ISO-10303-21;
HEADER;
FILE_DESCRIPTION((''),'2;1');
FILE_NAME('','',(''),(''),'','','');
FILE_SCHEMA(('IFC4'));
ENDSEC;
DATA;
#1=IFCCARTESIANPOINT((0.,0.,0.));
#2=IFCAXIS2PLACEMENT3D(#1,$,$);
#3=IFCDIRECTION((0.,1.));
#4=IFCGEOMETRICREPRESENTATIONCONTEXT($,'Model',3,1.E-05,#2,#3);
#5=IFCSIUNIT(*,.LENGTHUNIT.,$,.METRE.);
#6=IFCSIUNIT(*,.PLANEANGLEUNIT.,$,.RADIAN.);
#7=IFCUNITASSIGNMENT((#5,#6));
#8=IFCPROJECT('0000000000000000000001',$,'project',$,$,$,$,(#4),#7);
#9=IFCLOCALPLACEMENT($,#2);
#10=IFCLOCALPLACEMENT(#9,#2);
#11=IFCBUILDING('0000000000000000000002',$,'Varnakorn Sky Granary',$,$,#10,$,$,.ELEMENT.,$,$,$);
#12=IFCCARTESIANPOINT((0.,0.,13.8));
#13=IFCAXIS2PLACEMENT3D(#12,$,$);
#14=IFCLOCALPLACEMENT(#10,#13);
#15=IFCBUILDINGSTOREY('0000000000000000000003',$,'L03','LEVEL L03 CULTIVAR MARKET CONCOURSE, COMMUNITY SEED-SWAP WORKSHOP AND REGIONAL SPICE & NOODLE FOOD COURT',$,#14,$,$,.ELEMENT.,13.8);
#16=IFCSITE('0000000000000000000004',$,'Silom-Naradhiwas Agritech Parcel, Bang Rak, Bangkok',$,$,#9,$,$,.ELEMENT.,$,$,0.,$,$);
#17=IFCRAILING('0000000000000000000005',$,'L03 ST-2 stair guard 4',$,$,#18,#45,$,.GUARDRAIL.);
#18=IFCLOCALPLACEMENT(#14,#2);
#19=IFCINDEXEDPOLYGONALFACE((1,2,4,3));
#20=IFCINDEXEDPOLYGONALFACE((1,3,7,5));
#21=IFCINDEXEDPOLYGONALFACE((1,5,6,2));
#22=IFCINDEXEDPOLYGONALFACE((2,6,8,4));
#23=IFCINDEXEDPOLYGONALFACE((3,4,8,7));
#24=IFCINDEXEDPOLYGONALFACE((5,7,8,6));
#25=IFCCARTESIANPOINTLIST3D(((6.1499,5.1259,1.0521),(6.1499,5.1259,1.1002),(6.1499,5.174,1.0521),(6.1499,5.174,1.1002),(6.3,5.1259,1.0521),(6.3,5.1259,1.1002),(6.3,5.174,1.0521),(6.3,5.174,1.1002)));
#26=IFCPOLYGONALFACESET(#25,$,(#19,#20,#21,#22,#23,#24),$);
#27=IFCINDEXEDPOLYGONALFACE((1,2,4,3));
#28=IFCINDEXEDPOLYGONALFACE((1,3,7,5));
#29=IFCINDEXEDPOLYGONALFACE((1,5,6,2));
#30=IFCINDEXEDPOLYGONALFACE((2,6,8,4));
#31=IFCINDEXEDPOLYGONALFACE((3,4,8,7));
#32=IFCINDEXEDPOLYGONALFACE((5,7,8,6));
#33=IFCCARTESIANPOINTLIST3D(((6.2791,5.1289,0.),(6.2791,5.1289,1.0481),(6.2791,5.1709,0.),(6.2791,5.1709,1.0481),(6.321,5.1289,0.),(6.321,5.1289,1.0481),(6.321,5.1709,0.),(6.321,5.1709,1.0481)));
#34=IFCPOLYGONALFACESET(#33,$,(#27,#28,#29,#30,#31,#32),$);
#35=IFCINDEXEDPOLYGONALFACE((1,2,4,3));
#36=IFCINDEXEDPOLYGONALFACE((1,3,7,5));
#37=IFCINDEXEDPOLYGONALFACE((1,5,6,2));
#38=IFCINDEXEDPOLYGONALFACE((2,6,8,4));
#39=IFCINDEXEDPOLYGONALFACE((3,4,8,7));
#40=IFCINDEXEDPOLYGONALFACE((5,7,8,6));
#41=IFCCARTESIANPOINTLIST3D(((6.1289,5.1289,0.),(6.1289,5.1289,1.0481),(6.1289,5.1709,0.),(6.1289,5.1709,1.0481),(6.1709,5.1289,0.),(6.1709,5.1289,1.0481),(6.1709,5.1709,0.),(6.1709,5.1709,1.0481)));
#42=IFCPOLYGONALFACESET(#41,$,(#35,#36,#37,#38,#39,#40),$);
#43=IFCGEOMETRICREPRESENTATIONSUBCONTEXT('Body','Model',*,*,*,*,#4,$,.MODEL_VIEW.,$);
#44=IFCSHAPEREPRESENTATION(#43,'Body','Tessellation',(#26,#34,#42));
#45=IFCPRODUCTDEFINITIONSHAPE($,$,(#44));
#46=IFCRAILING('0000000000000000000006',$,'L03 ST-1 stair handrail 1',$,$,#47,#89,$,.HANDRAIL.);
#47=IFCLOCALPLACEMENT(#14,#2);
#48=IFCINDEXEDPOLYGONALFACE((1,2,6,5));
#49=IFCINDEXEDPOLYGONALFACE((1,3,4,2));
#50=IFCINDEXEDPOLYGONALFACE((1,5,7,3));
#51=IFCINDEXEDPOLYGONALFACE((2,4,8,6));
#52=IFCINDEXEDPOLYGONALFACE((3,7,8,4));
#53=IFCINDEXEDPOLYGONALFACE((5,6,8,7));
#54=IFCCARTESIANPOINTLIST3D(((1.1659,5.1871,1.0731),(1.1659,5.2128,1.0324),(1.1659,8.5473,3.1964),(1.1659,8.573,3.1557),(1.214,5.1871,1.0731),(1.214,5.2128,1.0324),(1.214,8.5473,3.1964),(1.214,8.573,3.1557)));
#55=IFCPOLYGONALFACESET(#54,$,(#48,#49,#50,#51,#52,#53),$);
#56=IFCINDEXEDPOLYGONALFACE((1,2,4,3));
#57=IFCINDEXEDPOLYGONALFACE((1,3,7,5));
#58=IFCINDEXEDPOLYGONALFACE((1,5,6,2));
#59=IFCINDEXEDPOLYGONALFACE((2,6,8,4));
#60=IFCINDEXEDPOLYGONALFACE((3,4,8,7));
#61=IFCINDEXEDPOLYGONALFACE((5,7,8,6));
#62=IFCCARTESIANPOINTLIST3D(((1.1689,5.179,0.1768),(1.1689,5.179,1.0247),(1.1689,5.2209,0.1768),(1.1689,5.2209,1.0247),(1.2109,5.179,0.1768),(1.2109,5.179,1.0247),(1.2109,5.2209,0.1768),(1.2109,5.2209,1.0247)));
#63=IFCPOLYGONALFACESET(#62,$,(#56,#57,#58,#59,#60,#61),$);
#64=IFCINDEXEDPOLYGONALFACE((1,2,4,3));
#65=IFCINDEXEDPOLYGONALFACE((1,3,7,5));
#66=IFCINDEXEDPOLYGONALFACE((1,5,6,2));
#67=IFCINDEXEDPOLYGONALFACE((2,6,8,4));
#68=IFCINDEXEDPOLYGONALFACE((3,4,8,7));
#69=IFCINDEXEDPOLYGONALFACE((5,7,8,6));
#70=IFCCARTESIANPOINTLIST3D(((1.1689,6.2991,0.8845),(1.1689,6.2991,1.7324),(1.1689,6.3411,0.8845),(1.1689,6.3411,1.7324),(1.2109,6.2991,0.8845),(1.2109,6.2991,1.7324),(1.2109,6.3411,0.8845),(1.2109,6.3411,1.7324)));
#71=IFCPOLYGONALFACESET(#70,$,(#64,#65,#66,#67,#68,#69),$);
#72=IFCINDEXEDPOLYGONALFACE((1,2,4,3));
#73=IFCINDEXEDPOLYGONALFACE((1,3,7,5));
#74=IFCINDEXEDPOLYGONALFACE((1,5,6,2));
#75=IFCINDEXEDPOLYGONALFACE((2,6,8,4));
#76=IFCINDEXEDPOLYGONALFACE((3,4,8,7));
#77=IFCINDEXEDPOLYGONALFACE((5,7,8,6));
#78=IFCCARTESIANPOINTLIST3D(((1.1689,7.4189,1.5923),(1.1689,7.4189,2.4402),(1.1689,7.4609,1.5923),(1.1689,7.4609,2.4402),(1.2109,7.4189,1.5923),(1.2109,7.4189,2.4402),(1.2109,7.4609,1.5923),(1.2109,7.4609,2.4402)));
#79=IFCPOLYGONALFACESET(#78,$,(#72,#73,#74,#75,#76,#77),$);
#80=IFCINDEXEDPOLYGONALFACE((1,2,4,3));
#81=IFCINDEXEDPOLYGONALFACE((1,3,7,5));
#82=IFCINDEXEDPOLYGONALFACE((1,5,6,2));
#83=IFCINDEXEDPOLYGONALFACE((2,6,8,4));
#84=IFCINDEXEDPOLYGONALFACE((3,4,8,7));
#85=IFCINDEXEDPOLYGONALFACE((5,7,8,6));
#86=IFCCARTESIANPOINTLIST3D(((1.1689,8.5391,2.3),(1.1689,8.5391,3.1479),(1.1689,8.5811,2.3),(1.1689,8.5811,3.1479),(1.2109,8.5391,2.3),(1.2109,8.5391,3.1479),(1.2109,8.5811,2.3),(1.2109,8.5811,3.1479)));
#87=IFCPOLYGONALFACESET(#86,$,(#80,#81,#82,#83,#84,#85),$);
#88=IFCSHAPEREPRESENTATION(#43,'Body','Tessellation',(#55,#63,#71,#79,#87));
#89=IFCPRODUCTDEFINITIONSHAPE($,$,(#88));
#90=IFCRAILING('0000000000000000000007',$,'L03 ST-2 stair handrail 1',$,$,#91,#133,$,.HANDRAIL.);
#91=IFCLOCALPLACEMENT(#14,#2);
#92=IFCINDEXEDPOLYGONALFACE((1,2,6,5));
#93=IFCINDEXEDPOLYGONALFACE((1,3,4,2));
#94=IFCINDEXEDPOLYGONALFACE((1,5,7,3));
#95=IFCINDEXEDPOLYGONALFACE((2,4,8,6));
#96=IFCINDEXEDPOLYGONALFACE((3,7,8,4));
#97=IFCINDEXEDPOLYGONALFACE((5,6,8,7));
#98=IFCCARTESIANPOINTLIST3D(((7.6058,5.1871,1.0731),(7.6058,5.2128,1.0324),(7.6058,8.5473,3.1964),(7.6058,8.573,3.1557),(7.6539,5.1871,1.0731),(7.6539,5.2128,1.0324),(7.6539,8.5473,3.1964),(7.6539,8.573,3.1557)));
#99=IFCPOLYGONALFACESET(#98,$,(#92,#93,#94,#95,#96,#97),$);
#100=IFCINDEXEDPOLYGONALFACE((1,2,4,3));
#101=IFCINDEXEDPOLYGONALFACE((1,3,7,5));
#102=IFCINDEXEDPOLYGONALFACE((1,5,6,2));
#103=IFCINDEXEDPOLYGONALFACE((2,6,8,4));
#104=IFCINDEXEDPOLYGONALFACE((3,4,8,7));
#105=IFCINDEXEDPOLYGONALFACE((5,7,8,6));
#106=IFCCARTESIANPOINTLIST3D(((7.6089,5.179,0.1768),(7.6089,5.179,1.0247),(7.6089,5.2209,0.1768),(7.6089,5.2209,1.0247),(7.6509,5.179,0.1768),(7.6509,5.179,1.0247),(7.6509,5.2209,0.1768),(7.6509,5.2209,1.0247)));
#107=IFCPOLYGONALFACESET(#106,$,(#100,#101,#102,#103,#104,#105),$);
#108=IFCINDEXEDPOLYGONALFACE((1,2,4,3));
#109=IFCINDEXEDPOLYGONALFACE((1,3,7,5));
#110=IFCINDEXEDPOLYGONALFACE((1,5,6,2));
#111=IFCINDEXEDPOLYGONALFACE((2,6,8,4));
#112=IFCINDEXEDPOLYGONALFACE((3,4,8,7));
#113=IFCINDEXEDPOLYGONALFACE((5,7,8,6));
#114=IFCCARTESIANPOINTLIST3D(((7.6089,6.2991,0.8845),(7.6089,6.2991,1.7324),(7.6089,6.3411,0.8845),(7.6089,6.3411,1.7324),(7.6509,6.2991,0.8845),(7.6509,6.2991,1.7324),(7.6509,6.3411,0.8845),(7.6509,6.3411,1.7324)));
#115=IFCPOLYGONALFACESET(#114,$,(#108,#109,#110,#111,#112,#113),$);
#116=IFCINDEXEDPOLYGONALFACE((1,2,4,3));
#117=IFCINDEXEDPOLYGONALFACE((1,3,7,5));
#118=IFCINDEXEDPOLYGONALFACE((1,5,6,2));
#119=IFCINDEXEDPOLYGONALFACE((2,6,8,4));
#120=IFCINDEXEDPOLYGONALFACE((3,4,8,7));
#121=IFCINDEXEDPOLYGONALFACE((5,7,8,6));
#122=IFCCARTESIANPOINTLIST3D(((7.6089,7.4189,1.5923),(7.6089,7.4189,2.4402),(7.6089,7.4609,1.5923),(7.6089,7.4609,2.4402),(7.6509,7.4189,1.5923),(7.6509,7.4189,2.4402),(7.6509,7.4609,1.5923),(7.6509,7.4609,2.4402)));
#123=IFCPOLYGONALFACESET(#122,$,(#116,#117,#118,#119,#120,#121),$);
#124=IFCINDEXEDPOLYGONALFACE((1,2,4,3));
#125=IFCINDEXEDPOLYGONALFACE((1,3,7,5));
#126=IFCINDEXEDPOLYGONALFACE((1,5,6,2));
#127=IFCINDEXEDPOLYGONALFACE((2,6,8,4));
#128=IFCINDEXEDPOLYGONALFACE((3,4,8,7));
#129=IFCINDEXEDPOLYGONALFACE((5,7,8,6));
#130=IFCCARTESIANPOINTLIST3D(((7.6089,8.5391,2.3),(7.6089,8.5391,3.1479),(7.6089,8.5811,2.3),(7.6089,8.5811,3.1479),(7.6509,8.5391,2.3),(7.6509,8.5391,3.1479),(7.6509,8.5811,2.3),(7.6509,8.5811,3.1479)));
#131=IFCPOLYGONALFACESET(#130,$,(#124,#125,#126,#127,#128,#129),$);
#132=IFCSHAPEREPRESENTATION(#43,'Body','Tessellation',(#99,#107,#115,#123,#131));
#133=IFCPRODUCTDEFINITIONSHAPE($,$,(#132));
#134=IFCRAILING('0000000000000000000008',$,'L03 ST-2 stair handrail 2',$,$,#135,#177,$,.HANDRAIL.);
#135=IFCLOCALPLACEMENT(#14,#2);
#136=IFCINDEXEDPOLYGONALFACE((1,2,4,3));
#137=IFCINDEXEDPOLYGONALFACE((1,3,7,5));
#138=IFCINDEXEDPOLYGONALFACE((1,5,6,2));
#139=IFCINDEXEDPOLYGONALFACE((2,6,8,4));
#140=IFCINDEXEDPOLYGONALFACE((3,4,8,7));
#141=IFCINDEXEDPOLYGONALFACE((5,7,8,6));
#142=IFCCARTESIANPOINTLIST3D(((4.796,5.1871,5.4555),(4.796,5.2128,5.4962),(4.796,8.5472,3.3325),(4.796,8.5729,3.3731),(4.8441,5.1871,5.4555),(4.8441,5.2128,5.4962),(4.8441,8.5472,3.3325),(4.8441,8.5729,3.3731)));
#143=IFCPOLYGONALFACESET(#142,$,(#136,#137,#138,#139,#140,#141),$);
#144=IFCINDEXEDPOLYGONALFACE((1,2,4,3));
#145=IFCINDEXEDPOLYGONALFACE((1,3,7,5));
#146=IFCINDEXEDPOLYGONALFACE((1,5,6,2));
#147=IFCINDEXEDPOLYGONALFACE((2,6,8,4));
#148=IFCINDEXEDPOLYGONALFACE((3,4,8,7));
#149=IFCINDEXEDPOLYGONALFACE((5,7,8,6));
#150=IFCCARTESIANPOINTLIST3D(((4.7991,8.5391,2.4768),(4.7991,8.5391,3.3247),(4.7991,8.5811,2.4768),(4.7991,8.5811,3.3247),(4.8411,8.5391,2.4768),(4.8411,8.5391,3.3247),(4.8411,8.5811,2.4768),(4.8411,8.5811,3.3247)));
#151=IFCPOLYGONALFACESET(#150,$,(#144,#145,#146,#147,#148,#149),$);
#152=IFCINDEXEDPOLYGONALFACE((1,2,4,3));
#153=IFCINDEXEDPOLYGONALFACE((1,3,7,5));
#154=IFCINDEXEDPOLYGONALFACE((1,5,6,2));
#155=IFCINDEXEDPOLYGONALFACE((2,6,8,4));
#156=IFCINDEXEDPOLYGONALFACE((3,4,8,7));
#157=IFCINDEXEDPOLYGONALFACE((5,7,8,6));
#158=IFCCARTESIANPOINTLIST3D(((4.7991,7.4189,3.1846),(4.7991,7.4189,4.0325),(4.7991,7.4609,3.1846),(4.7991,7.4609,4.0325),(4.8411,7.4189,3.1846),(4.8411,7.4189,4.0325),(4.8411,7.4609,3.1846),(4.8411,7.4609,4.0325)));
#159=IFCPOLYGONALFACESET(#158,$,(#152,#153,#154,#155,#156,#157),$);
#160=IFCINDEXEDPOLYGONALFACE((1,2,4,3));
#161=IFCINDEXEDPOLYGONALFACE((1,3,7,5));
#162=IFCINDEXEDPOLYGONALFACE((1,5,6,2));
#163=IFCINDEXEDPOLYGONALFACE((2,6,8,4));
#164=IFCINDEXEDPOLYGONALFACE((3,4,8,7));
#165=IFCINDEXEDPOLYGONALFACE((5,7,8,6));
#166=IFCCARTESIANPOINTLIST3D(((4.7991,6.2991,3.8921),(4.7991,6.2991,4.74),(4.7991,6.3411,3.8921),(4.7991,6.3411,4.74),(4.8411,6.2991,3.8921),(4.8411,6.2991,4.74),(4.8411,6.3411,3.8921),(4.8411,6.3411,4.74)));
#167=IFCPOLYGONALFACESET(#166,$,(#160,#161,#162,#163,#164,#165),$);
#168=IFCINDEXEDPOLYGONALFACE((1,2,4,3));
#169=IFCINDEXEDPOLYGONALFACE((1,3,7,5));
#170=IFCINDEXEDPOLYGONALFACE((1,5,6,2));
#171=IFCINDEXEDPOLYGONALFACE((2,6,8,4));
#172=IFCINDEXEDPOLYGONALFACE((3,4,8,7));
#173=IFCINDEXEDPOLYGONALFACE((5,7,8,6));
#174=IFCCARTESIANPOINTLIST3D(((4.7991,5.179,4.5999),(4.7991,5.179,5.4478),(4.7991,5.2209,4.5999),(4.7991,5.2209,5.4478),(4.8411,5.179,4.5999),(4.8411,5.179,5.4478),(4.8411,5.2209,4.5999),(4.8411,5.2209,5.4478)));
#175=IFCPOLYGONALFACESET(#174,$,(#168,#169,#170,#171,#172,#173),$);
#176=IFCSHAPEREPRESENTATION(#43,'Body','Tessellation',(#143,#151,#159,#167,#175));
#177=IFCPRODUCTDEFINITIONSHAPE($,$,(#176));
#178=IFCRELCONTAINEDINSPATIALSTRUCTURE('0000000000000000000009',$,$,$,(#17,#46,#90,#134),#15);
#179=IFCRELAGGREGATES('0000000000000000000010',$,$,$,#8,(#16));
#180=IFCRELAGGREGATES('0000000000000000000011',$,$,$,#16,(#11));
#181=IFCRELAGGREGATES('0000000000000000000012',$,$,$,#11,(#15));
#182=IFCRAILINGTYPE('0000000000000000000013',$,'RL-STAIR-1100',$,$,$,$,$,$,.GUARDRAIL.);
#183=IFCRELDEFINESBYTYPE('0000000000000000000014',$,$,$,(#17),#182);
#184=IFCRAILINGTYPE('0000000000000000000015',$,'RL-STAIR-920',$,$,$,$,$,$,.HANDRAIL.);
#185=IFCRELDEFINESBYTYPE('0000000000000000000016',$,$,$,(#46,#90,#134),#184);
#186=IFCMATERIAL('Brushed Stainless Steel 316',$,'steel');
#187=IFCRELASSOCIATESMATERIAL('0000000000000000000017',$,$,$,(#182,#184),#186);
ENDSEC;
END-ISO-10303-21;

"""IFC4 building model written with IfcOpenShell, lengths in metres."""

from ifc_helpers import new_model, si_unit, direction, frame, origin, origin_2d, place, context, subcontext, project, spatial, rectangle, extrude, material, type_object, element, save


model = new_model("IFC4")

# Units and contexts
model_context = context("Model", 3, precision=1e-05, world=origin(), true_north=direction((0.0, 1.0)))
body_context = subcontext(model_context, "Body", "Model", "MODEL_VIEW")
ifc_project = project(units=[si_unit("LENGTHUNIT", "METRE"), si_unit("PLANEANGLEUNIT", "RADIAN")], contexts=[model_context])

# Site, building, storey
site_placement = place(None, origin())
site = spatial("IfcSite", under=ifc_project, at=site_placement, Name="Silom-Naradhiwas Agritech Parcel, Bang Rak, Bangkok", CompositionType="ELEMENT", RefElevation=0.0)
building_placement = place(site_placement, origin())
building = spatial("IfcBuilding", under=site, at=building_placement, Name="Varnakorn Sky Granary", CompositionType="ELEMENT")
storey_placement = place(building_placement, frame((0.0, 0.0, 13.8)))
storey = spatial("IfcBuildingStorey", under=building, at=storey_placement, Name="L03", Description="LEVEL L03 CULTIVAR MARKET CONCOURSE, COMMUNITY SEED-SWAP WORKSHOP AND REGIONAL SPICE & NOODLE FOOD COURT", CompositionType="ELEMENT", Elevation=13.8)

# Railings
ifc_material_1 = material(Name="Brushed Stainless Steel 316", Category="steel")
railing_type_1 = type_object("IfcRailingType", Name="RL-STAIR-1100", PredefinedType="GUARDRAIL", material=ifc_material_1)
railing_1_placement = place(storey_placement, frame((6.3, 5.1499, 0.0)))
element("IfcRailing", 1, at=railing_1_placement, inside=storey, type_object=railing_type_1, Name="L03 ST-2 stair guard 4", PredefinedType="GUARDRAIL", context=body_context, shape_type="SweptSolid", body=[
    extrude(rectangle(XDim=0.0481, YDim=0.0481, at=origin_2d()), frame((0.0, 0.0, 1.0762), z_axis=(-1.0, 0.0, 0.0), x_axis=(0.0, -1.0, 0.0)), (0.0, 0.0, 1.0), 0.1501),
    extrude(rectangle(XDim=0.042, YDim=0.042, at=origin_2d()), origin(), (0.0, 0.0, 1.0), 1.0481),
    extrude(rectangle(XDim=0.042, YDim=0.042, at=origin_2d()), frame((-0.1501, 0.0, 0.0)), (0.0, 0.0, 1.0), 1.0481),
])
railing_type_2 = type_object("IfcRailingType", Name="RL-STAIR-920", PredefinedType="HANDRAIL", material=ifc_material_1)
for number, where, name in (
    (2, (1.1899, 5.2, 0.1768), "L03 ST-1 stair handrail 1"),
    (3, (7.6299, 5.2, 0.1768), "L03 ST-2 stair handrail 1"),
):
    element("IfcRailing", number, at=place(storey_placement, frame(where)), inside=storey, type_object=railing_type_2, Name=name, PredefinedType="HANDRAIL", context=body_context, shape_type="SweptSolid", body=[
        extrude(rectangle(XDim=0.0481, YDim=0.0481, at=origin_2d()), frame((0.0, 0.0, 0.876), z_axis=(0.0, 0.845362, 0.534194), x_axis=(-1.0, 0.0, 0.0)), (0.0, 0.0, 1.0), 3.9749),
        extrude(rectangle(XDim=0.042, YDim=0.042, at=origin_2d()), origin(), (0.0, 0.0, 1.0), 0.8479),
        extrude(rectangle(XDim=0.042, YDim=0.042, at=origin_2d()), frame((0.0, 1.1201, 0.7078)), (0.0, 0.0, 1.0), 0.8479),
        extrude(rectangle(XDim=0.042, YDim=0.042, at=origin_2d()), frame((0.0, 2.24, 1.4155)), (0.0, 0.0, 1.0), 0.8479),
        extrude(rectangle(XDim=0.042, YDim=0.042, at=origin_2d()), frame((0.0, 3.3601, 2.1233)), (0.0, 0.0, 1.0), 0.8479),
    ])
railing_2_placement = place(storey_placement, frame((4.8201, 8.5601, 2.4768)))
element("IfcRailing", 4, at=railing_2_placement, inside=storey, type_object=railing_type_2, Name="L03 ST-2 stair handrail 2", PredefinedType="HANDRAIL", context=body_context, shape_type="SweptSolid", body=[
    extrude(rectangle(XDim=0.0481, YDim=0.0481, at=origin_2d()), frame((0.0, 0.0, 0.876), z_axis=(0.0, -0.84539, 0.53415), x_axis=(1.0, 0.0, 0.0)), (0.0, 0.0, 1.0), 3.9746),
    extrude(rectangle(XDim=0.042, YDim=0.042, at=origin_2d()), origin(), (0.0, 0.0, 1.0), 0.8479),
    extrude(rectangle(XDim=0.042, YDim=0.042, at=origin_2d()), frame((0.0, -1.1201, 0.7078)), (0.0, 0.0, 1.0), 0.8479),
    extrude(rectangle(XDim=0.042, YDim=0.042, at=origin_2d()), frame((0.0, -2.24, 1.4153)), (0.0, 0.0, 1.0), 0.8479),
    extrude(rectangle(XDim=0.042, YDim=0.042, at=origin_2d()), frame((0.0, -3.3601, 2.123)), (0.0, 0.0, 1.0), 0.8479),
])

save(model, "model.ifc")
